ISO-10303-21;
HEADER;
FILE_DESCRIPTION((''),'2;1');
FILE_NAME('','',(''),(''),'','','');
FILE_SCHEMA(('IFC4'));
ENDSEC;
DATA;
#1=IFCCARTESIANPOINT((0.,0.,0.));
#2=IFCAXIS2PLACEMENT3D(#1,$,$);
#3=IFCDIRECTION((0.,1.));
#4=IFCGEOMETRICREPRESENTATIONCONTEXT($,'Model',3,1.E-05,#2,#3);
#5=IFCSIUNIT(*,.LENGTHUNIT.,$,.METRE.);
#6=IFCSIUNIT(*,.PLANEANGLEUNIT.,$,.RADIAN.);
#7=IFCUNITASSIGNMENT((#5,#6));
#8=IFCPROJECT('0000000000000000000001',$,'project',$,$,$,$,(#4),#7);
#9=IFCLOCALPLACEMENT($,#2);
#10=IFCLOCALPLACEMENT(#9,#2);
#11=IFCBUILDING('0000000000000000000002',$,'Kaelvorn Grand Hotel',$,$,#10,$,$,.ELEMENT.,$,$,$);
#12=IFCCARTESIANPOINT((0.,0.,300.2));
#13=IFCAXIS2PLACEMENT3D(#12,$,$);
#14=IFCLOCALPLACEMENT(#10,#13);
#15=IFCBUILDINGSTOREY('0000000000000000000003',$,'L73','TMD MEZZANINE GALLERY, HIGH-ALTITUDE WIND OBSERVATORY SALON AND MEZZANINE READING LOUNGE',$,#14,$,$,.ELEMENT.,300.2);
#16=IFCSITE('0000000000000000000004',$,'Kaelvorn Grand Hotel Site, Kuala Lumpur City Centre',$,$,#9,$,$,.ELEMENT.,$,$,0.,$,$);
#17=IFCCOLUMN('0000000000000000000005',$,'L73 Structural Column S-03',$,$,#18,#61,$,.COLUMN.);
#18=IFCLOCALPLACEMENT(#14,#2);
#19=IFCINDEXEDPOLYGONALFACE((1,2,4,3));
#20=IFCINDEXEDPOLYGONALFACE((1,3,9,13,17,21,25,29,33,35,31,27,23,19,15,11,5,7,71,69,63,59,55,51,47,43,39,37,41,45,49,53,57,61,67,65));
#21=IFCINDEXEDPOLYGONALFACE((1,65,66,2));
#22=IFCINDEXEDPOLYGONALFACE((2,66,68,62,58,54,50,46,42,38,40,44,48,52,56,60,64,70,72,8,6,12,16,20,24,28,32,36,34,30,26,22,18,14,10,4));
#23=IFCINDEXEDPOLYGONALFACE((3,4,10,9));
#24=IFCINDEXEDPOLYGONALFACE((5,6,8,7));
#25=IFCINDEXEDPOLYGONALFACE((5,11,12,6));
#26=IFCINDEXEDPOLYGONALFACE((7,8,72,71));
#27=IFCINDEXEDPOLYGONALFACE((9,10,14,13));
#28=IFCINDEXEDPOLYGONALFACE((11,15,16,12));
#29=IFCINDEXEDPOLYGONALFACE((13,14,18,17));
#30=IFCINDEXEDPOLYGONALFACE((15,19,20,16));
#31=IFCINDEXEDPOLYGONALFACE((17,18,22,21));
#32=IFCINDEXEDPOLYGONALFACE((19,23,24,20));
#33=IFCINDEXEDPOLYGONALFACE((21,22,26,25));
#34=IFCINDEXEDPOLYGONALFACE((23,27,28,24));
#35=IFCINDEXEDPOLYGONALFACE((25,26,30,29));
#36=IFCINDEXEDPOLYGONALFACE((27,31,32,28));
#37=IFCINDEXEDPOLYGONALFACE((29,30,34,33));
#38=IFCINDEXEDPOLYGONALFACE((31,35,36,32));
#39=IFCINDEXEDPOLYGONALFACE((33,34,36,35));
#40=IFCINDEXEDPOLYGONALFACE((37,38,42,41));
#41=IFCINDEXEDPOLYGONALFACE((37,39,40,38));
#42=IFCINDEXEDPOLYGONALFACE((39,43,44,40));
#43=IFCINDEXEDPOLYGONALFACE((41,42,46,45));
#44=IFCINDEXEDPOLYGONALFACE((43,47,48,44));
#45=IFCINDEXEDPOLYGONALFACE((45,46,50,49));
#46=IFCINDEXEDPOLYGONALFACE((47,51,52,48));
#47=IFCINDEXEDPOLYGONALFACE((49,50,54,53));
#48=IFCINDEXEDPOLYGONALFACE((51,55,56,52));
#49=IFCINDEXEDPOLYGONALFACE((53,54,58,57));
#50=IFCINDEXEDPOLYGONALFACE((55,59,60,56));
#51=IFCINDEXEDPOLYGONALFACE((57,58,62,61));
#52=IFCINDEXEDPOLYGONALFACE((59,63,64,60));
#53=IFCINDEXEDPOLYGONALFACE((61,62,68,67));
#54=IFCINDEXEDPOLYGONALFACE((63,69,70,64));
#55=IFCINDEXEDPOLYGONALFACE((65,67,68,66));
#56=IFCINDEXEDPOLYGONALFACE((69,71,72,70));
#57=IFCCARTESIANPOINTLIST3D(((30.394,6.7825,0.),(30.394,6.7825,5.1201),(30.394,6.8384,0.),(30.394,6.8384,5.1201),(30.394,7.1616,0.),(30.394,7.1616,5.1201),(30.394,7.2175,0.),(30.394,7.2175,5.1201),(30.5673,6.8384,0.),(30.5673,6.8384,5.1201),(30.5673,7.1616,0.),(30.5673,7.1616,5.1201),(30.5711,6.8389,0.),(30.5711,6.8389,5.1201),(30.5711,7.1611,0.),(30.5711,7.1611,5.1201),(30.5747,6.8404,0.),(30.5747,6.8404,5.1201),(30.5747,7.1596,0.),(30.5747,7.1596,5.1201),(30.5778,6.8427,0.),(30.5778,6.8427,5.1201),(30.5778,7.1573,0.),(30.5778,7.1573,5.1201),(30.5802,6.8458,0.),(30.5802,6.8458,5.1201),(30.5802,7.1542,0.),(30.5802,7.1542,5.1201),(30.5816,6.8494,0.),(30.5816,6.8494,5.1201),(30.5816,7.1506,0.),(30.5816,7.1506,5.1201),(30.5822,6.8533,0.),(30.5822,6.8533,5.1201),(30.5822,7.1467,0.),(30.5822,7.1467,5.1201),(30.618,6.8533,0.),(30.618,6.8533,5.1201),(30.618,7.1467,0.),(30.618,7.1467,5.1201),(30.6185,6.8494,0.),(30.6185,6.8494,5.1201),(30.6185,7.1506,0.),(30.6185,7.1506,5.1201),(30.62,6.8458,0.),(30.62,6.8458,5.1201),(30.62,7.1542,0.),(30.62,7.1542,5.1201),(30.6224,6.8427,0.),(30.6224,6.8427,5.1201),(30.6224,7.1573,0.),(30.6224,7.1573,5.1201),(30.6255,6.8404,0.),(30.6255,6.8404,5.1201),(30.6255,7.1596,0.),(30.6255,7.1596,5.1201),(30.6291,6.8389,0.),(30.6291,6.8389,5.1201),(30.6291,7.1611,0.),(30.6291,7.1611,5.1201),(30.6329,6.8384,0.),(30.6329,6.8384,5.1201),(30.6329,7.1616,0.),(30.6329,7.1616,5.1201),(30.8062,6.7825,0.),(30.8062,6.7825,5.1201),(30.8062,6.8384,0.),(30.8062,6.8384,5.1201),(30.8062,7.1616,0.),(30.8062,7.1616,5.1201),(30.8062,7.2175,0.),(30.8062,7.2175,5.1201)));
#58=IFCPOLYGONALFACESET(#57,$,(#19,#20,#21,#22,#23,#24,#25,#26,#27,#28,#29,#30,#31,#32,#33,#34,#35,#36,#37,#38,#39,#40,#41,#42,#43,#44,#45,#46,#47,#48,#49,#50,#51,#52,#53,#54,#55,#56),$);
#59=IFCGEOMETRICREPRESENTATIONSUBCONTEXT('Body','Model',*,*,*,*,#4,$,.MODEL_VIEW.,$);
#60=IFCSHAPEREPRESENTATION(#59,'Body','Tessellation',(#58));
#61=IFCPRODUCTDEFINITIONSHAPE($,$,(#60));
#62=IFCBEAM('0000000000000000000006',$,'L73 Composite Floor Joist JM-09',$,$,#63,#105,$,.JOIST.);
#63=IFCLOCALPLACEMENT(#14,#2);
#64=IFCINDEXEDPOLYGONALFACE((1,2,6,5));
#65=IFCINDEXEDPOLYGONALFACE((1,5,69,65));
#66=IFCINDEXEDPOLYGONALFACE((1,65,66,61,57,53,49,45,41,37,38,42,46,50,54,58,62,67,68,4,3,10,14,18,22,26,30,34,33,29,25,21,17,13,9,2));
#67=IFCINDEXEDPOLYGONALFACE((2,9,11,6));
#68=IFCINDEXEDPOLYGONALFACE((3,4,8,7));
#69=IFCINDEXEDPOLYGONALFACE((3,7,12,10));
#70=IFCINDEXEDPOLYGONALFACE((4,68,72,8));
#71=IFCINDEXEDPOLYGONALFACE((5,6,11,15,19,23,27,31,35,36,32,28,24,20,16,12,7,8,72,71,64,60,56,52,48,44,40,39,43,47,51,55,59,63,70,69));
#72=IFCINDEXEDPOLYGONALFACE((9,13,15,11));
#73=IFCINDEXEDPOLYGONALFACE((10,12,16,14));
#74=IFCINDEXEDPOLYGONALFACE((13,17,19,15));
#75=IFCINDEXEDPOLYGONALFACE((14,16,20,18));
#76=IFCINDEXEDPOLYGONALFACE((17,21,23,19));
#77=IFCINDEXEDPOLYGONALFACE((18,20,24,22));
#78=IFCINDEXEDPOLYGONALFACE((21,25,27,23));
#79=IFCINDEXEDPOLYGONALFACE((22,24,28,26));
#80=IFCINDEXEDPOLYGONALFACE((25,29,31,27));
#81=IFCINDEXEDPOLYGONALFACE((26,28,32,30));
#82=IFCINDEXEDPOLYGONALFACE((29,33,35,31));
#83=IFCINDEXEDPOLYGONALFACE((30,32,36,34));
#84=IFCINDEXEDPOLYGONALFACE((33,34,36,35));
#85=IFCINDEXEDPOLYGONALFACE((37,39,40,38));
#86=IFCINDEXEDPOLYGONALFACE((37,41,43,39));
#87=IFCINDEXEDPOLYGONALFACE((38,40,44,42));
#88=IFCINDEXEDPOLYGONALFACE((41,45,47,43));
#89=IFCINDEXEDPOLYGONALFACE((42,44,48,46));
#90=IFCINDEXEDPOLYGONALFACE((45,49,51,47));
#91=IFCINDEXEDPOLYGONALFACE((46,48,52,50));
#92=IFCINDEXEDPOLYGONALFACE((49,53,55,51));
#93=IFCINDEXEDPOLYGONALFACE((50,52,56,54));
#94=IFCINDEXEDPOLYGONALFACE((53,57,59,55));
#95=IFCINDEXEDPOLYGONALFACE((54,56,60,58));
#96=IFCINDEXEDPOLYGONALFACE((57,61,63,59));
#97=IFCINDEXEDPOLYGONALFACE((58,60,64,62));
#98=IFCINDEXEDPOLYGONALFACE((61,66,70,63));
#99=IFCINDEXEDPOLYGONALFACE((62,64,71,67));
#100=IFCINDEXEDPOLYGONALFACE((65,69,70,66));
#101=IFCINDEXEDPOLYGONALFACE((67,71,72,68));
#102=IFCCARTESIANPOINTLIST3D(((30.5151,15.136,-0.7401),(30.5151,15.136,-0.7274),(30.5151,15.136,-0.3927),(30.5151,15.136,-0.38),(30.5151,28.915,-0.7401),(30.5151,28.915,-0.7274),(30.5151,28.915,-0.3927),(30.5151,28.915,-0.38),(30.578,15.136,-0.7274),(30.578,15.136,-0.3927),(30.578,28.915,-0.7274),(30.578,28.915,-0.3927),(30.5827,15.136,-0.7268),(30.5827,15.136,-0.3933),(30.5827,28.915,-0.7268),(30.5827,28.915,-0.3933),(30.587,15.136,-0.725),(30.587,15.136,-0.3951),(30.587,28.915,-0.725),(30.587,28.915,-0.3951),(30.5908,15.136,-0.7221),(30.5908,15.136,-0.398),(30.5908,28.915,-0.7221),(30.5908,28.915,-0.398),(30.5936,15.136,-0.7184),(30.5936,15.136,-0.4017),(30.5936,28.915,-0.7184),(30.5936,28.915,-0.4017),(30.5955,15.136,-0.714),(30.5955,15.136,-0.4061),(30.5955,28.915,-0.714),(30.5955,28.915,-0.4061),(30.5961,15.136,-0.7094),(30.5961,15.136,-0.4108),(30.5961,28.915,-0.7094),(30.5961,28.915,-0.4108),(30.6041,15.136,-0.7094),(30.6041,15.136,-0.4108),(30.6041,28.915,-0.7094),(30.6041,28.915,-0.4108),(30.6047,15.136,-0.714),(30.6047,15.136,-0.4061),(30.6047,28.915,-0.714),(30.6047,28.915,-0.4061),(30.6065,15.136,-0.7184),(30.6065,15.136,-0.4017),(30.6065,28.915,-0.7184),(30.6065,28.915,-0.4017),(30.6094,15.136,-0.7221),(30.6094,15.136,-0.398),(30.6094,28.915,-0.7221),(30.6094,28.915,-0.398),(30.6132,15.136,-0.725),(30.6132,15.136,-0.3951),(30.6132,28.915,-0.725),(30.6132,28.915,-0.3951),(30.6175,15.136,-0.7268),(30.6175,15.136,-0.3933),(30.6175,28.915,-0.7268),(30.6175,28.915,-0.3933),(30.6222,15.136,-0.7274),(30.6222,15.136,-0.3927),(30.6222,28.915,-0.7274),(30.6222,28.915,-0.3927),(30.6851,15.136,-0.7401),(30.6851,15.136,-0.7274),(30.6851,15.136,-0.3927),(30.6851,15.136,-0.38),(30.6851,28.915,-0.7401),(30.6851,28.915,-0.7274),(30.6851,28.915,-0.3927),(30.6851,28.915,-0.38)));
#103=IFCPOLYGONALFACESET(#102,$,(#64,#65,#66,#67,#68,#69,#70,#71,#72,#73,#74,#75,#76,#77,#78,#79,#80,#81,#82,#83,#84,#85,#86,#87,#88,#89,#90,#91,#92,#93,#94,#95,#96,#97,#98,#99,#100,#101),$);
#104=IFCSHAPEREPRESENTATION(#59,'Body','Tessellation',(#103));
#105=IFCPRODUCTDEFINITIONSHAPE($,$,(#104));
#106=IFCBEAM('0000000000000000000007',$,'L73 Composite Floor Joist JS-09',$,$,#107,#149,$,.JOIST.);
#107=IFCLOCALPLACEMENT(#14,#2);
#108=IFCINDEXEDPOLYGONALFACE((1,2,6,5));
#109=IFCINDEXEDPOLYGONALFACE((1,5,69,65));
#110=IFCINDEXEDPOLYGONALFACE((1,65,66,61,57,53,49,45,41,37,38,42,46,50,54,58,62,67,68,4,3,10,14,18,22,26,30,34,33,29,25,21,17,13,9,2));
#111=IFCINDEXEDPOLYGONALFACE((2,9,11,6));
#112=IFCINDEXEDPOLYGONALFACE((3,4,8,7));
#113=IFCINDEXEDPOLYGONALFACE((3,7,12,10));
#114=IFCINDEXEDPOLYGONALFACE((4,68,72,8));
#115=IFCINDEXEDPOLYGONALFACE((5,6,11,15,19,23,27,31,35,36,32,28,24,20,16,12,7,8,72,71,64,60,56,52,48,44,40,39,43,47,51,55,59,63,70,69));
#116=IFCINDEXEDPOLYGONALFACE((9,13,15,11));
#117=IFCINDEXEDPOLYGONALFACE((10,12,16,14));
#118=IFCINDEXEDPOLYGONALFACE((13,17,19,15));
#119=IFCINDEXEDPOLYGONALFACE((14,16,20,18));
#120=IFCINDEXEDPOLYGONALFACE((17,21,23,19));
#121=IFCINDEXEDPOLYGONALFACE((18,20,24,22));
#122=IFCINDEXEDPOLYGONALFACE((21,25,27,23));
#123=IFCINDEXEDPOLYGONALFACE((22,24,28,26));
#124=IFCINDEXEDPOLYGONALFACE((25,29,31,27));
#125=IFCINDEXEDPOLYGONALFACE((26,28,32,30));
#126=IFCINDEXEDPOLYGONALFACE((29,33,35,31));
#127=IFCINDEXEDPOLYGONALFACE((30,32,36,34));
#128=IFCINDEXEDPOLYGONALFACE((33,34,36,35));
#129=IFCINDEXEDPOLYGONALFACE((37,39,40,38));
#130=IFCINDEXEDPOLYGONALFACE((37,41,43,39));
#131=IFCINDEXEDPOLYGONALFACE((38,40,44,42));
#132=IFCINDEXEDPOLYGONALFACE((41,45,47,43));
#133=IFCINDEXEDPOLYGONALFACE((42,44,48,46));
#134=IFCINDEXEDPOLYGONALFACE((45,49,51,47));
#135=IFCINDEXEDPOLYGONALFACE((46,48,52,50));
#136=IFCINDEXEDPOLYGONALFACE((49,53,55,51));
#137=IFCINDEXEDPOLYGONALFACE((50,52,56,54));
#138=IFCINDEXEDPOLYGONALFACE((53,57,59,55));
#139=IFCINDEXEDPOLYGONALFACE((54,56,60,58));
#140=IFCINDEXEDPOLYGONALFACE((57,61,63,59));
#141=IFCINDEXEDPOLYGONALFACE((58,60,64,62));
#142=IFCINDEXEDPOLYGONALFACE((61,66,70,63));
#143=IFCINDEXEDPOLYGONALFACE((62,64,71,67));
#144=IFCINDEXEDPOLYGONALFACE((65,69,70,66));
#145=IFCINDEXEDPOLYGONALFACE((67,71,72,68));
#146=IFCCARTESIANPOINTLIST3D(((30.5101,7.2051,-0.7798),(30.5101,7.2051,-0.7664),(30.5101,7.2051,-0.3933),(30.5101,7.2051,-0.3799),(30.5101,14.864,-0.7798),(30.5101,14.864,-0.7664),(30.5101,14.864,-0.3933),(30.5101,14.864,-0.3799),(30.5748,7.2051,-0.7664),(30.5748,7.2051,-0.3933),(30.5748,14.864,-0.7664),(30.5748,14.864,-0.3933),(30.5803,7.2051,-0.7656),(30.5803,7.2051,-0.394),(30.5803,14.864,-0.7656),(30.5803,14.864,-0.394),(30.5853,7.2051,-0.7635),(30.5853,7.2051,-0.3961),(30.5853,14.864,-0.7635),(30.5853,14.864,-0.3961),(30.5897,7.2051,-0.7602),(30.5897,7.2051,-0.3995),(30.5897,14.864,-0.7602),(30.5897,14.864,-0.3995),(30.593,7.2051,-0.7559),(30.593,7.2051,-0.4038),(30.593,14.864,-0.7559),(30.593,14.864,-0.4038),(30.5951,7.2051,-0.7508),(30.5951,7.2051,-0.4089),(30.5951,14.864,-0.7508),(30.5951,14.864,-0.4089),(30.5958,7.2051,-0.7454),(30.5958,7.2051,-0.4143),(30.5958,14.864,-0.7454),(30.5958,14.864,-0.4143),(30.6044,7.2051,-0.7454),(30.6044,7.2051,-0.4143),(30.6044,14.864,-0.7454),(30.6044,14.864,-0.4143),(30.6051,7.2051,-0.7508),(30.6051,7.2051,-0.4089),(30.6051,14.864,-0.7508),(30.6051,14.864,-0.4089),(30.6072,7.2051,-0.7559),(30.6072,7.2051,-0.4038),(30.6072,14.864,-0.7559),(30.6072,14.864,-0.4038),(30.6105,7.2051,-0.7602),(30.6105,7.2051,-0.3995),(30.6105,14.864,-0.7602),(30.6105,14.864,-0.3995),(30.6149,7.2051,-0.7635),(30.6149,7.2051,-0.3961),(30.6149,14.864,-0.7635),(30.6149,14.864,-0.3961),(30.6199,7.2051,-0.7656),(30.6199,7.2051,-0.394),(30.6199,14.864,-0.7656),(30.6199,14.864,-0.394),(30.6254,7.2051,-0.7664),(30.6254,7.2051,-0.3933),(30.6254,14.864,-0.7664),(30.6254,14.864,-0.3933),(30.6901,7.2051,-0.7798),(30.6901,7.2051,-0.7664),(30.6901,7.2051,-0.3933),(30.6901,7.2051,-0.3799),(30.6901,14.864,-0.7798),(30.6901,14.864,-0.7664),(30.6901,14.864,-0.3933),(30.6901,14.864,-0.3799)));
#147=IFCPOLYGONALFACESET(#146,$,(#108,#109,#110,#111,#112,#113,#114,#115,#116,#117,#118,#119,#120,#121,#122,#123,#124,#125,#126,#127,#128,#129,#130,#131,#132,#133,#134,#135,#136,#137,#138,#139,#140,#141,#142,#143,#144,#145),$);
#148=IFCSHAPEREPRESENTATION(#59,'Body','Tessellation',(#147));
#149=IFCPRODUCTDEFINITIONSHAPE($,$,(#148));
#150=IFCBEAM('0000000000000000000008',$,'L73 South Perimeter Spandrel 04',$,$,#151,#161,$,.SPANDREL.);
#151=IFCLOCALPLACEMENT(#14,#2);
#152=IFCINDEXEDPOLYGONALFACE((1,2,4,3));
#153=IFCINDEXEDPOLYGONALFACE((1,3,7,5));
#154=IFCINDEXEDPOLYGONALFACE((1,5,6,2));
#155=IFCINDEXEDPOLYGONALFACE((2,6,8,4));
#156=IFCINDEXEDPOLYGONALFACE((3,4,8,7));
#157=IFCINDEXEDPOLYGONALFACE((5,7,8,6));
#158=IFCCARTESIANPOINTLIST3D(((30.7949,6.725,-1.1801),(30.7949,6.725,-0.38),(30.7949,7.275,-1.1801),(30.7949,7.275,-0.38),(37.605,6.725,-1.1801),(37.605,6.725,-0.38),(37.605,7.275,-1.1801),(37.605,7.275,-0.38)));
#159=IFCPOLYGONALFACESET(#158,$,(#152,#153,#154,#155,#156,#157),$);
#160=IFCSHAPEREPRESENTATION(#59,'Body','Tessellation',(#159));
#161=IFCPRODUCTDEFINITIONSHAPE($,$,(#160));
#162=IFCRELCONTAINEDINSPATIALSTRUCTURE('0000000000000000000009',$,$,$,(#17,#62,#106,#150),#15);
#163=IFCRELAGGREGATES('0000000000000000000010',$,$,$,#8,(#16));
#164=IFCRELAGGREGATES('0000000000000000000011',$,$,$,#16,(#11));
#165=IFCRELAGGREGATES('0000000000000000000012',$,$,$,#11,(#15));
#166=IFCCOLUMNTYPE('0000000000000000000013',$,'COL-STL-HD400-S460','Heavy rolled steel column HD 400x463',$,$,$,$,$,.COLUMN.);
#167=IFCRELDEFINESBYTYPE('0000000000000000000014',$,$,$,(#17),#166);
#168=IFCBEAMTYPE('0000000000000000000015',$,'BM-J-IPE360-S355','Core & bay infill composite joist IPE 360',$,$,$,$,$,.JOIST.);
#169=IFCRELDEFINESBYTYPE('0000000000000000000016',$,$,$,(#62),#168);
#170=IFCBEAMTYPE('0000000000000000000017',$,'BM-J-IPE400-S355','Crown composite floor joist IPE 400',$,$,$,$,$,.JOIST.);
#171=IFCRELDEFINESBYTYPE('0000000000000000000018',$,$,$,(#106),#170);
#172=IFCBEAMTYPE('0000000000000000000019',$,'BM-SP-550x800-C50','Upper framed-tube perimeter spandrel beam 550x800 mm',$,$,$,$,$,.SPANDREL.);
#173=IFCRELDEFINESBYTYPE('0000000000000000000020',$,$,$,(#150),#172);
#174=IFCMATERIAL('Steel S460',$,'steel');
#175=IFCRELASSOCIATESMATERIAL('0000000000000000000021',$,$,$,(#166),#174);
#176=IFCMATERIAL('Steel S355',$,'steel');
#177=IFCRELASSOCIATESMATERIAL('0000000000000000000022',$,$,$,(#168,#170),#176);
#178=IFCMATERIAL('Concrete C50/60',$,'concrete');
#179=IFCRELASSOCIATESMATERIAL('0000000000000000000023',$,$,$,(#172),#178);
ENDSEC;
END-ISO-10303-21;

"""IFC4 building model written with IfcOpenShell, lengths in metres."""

from ifc_helpers import new_model, si_unit, direction, frame, origin, origin_2d, place, context, subcontext, project, spatial, rectangle, i_section, extrude, material, material_profile, profile_set, type_object, element, save


model = new_model("IFC4")

# Units and contexts
model_context = context("Model", 3, precision=1e-05, world=origin(), true_north=direction((0.0, 1.0)))
body_context = subcontext(model_context, "Body", "Model", "MODEL_VIEW")
ifc_project = project(units=[si_unit("LENGTHUNIT", "METRE"), si_unit("PLANEANGLEUNIT", "RADIAN")], contexts=[model_context])

# Site, building, storey
site_placement = place(None, origin())
site = spatial("IfcSite", under=ifc_project, at=site_placement, Name="Kaelvorn Grand Hotel Site, Kuala Lumpur City Centre", CompositionType="ELEMENT", RefElevation=0.0)
building_placement = place(site_placement, origin())
building = spatial("IfcBuilding", under=site, at=building_placement, Name="Kaelvorn Grand Hotel", CompositionType="ELEMENT")
storey_placement = place(building_placement, frame((0.0, 0.0, 300.2)))
storey = spatial("IfcBuildingStorey", under=building, at=storey_placement, Name="L73", Description="TMD MEZZANINE GALLERY, HIGH-ALTITUDE WIND OBSERVATORY SALON AND MEZZANINE READING LOUNGE", CompositionType="ELEMENT", Elevation=300.2)

# Column
ifc_material_1 = material(Name="Steel S460", Category="steel")
ifc_material_profile_1 = material_profile(ifc_material_1, i_section(OverallWidth=0.4121, OverallDepth=0.4351, WebThickness=0.0359, FlangeThickness=0.0559, FilletRadius=0.0149, at=origin_2d()), Name="HD 400x463")
ifc_profile_set_1 = profile_set([ifc_material_profile_1], Name="Steel S460")
column_type = type_object("IfcColumnType", Name="COL-STL-HD400-S460", Description="Heavy rolled steel column HD 400x463", PredefinedType="COLUMN", material=ifc_profile_set_1)
column_placement = place(storey_placement, frame((30.6001, 7.0, 0.0), z_axis=(0.0, 0.0, 1.0), x_axis=(1.0, 0.0, 0.0)))
element("IfcColumn", 1, at=column_placement, inside=storey, type_object=column_type, Name="L73 Structural Column S-03", PredefinedType="COLUMN", context=body_context, shape_type="SweptSolid", body=[
    extrude(i_section(OverallWidth=0.4121, OverallDepth=0.4351, WebThickness=0.0359, FlangeThickness=0.0559, FilletRadius=0.0149, at=origin_2d()), origin(), (0.0, 0.0, 1.0), 5.1201),
])

# Beams
ifc_material_2 = material(Name="Steel S355", Category="steel")
ifc_material_profile_2 = material_profile(ifc_material_2, i_section(OverallWidth=0.1699, OverallDepth=0.3601, WebThickness=0.0081, FlangeThickness=0.0127, FilletRadius=0.0181, at=origin_2d()), Name="IPE 360")
ifc_profile_set_2 = profile_set([ifc_material_profile_2], Name="Steel S355")
beam_type_1 = type_object("IfcBeamType", Name="BM-J-IPE360-S355", Description="Core & bay infill composite joist IPE 360", PredefinedType="JOIST", material=ifc_profile_set_2)
beam_1_placement = place(storey_placement, frame((30.6001, 15.136, -0.5601), z_axis=(0.0, 1.0, 0.0), x_axis=(-1.0, 0.0, 0.0)))
element("IfcBeam", 2, at=beam_1_placement, inside=storey, type_object=beam_type_1, Name="L73 Composite Floor Joist JM-09", PredefinedType="JOIST", context=body_context, shape_type="SweptSolid", body=[
    extrude(i_section(OverallWidth=0.1699, OverallDepth=0.3601, WebThickness=0.0081, FlangeThickness=0.0127, FilletRadius=0.0181, at=origin_2d()), origin(), (0.0, 0.0, 1.0), 13.7791),
])
ifc_material_profile_3 = material_profile(ifc_material_2, i_section(OverallWidth=0.1799, OverallDepth=0.3999, WebThickness=0.0085, FlangeThickness=0.0134, FilletRadius=0.021, at=origin_2d()), Name="IPE 400")
ifc_profile_set_3 = profile_set([ifc_material_profile_3], Name="Steel S355")
beam_type_2 = type_object("IfcBeamType", Name="BM-J-IPE400-S355", Description="Crown composite floor joist IPE 400", PredefinedType="JOIST", material=ifc_profile_set_3)
beam_2_placement = place(storey_placement, frame((30.6001, 7.2051, -0.5798), z_axis=(0.0, 1.0, 0.0), x_axis=(-1.0, 0.0, 0.0)))
element("IfcBeam", 3, at=beam_2_placement, inside=storey, type_object=beam_type_2, Name="L73 Composite Floor Joist JS-09", PredefinedType="JOIST", context=body_context, shape_type="SweptSolid", body=[
    extrude(i_section(OverallWidth=0.1799, OverallDepth=0.3999, WebThickness=0.0085, FlangeThickness=0.0134, FilletRadius=0.021, at=origin_2d()), origin(), (0.0, 0.0, 1.0), 7.6589),
])
ifc_material_3 = material(Name="Concrete C50/60", Category="concrete")
ifc_material_profile_4 = material_profile(ifc_material_3, rectangle(XDim=0.55, YDim=0.8, at=origin_2d()), Name="RC SPANDREL 550x800")
ifc_profile_set_4 = profile_set([ifc_material_profile_4], Name="Concrete C50/60")
beam_type_3 = type_object("IfcBeamType", Name="BM-SP-550x800-C50", Description="Upper framed-tube perimeter spandrel beam 550x800 mm", PredefinedType="SPANDREL", material=ifc_profile_set_4)
beam_3_placement = place(storey_placement, frame((30.7949, 7.0, -0.78), z_axis=(1.0, 0.0, 0.0), x_axis=(0.0, 1.0, 0.0)))
element("IfcBeam", 4, at=beam_3_placement, inside=storey, type_object=beam_type_3, Name="L73 South Perimeter Spandrel 04", PredefinedType="SPANDREL", context=body_context, shape_type="SweptSolid", body=[
    extrude(rectangle(XDim=0.55, YDim=0.8, at=origin_2d()), origin(), (0.0, 0.0, 1.0), 6.8101),
])

save(model, "model.ifc")
